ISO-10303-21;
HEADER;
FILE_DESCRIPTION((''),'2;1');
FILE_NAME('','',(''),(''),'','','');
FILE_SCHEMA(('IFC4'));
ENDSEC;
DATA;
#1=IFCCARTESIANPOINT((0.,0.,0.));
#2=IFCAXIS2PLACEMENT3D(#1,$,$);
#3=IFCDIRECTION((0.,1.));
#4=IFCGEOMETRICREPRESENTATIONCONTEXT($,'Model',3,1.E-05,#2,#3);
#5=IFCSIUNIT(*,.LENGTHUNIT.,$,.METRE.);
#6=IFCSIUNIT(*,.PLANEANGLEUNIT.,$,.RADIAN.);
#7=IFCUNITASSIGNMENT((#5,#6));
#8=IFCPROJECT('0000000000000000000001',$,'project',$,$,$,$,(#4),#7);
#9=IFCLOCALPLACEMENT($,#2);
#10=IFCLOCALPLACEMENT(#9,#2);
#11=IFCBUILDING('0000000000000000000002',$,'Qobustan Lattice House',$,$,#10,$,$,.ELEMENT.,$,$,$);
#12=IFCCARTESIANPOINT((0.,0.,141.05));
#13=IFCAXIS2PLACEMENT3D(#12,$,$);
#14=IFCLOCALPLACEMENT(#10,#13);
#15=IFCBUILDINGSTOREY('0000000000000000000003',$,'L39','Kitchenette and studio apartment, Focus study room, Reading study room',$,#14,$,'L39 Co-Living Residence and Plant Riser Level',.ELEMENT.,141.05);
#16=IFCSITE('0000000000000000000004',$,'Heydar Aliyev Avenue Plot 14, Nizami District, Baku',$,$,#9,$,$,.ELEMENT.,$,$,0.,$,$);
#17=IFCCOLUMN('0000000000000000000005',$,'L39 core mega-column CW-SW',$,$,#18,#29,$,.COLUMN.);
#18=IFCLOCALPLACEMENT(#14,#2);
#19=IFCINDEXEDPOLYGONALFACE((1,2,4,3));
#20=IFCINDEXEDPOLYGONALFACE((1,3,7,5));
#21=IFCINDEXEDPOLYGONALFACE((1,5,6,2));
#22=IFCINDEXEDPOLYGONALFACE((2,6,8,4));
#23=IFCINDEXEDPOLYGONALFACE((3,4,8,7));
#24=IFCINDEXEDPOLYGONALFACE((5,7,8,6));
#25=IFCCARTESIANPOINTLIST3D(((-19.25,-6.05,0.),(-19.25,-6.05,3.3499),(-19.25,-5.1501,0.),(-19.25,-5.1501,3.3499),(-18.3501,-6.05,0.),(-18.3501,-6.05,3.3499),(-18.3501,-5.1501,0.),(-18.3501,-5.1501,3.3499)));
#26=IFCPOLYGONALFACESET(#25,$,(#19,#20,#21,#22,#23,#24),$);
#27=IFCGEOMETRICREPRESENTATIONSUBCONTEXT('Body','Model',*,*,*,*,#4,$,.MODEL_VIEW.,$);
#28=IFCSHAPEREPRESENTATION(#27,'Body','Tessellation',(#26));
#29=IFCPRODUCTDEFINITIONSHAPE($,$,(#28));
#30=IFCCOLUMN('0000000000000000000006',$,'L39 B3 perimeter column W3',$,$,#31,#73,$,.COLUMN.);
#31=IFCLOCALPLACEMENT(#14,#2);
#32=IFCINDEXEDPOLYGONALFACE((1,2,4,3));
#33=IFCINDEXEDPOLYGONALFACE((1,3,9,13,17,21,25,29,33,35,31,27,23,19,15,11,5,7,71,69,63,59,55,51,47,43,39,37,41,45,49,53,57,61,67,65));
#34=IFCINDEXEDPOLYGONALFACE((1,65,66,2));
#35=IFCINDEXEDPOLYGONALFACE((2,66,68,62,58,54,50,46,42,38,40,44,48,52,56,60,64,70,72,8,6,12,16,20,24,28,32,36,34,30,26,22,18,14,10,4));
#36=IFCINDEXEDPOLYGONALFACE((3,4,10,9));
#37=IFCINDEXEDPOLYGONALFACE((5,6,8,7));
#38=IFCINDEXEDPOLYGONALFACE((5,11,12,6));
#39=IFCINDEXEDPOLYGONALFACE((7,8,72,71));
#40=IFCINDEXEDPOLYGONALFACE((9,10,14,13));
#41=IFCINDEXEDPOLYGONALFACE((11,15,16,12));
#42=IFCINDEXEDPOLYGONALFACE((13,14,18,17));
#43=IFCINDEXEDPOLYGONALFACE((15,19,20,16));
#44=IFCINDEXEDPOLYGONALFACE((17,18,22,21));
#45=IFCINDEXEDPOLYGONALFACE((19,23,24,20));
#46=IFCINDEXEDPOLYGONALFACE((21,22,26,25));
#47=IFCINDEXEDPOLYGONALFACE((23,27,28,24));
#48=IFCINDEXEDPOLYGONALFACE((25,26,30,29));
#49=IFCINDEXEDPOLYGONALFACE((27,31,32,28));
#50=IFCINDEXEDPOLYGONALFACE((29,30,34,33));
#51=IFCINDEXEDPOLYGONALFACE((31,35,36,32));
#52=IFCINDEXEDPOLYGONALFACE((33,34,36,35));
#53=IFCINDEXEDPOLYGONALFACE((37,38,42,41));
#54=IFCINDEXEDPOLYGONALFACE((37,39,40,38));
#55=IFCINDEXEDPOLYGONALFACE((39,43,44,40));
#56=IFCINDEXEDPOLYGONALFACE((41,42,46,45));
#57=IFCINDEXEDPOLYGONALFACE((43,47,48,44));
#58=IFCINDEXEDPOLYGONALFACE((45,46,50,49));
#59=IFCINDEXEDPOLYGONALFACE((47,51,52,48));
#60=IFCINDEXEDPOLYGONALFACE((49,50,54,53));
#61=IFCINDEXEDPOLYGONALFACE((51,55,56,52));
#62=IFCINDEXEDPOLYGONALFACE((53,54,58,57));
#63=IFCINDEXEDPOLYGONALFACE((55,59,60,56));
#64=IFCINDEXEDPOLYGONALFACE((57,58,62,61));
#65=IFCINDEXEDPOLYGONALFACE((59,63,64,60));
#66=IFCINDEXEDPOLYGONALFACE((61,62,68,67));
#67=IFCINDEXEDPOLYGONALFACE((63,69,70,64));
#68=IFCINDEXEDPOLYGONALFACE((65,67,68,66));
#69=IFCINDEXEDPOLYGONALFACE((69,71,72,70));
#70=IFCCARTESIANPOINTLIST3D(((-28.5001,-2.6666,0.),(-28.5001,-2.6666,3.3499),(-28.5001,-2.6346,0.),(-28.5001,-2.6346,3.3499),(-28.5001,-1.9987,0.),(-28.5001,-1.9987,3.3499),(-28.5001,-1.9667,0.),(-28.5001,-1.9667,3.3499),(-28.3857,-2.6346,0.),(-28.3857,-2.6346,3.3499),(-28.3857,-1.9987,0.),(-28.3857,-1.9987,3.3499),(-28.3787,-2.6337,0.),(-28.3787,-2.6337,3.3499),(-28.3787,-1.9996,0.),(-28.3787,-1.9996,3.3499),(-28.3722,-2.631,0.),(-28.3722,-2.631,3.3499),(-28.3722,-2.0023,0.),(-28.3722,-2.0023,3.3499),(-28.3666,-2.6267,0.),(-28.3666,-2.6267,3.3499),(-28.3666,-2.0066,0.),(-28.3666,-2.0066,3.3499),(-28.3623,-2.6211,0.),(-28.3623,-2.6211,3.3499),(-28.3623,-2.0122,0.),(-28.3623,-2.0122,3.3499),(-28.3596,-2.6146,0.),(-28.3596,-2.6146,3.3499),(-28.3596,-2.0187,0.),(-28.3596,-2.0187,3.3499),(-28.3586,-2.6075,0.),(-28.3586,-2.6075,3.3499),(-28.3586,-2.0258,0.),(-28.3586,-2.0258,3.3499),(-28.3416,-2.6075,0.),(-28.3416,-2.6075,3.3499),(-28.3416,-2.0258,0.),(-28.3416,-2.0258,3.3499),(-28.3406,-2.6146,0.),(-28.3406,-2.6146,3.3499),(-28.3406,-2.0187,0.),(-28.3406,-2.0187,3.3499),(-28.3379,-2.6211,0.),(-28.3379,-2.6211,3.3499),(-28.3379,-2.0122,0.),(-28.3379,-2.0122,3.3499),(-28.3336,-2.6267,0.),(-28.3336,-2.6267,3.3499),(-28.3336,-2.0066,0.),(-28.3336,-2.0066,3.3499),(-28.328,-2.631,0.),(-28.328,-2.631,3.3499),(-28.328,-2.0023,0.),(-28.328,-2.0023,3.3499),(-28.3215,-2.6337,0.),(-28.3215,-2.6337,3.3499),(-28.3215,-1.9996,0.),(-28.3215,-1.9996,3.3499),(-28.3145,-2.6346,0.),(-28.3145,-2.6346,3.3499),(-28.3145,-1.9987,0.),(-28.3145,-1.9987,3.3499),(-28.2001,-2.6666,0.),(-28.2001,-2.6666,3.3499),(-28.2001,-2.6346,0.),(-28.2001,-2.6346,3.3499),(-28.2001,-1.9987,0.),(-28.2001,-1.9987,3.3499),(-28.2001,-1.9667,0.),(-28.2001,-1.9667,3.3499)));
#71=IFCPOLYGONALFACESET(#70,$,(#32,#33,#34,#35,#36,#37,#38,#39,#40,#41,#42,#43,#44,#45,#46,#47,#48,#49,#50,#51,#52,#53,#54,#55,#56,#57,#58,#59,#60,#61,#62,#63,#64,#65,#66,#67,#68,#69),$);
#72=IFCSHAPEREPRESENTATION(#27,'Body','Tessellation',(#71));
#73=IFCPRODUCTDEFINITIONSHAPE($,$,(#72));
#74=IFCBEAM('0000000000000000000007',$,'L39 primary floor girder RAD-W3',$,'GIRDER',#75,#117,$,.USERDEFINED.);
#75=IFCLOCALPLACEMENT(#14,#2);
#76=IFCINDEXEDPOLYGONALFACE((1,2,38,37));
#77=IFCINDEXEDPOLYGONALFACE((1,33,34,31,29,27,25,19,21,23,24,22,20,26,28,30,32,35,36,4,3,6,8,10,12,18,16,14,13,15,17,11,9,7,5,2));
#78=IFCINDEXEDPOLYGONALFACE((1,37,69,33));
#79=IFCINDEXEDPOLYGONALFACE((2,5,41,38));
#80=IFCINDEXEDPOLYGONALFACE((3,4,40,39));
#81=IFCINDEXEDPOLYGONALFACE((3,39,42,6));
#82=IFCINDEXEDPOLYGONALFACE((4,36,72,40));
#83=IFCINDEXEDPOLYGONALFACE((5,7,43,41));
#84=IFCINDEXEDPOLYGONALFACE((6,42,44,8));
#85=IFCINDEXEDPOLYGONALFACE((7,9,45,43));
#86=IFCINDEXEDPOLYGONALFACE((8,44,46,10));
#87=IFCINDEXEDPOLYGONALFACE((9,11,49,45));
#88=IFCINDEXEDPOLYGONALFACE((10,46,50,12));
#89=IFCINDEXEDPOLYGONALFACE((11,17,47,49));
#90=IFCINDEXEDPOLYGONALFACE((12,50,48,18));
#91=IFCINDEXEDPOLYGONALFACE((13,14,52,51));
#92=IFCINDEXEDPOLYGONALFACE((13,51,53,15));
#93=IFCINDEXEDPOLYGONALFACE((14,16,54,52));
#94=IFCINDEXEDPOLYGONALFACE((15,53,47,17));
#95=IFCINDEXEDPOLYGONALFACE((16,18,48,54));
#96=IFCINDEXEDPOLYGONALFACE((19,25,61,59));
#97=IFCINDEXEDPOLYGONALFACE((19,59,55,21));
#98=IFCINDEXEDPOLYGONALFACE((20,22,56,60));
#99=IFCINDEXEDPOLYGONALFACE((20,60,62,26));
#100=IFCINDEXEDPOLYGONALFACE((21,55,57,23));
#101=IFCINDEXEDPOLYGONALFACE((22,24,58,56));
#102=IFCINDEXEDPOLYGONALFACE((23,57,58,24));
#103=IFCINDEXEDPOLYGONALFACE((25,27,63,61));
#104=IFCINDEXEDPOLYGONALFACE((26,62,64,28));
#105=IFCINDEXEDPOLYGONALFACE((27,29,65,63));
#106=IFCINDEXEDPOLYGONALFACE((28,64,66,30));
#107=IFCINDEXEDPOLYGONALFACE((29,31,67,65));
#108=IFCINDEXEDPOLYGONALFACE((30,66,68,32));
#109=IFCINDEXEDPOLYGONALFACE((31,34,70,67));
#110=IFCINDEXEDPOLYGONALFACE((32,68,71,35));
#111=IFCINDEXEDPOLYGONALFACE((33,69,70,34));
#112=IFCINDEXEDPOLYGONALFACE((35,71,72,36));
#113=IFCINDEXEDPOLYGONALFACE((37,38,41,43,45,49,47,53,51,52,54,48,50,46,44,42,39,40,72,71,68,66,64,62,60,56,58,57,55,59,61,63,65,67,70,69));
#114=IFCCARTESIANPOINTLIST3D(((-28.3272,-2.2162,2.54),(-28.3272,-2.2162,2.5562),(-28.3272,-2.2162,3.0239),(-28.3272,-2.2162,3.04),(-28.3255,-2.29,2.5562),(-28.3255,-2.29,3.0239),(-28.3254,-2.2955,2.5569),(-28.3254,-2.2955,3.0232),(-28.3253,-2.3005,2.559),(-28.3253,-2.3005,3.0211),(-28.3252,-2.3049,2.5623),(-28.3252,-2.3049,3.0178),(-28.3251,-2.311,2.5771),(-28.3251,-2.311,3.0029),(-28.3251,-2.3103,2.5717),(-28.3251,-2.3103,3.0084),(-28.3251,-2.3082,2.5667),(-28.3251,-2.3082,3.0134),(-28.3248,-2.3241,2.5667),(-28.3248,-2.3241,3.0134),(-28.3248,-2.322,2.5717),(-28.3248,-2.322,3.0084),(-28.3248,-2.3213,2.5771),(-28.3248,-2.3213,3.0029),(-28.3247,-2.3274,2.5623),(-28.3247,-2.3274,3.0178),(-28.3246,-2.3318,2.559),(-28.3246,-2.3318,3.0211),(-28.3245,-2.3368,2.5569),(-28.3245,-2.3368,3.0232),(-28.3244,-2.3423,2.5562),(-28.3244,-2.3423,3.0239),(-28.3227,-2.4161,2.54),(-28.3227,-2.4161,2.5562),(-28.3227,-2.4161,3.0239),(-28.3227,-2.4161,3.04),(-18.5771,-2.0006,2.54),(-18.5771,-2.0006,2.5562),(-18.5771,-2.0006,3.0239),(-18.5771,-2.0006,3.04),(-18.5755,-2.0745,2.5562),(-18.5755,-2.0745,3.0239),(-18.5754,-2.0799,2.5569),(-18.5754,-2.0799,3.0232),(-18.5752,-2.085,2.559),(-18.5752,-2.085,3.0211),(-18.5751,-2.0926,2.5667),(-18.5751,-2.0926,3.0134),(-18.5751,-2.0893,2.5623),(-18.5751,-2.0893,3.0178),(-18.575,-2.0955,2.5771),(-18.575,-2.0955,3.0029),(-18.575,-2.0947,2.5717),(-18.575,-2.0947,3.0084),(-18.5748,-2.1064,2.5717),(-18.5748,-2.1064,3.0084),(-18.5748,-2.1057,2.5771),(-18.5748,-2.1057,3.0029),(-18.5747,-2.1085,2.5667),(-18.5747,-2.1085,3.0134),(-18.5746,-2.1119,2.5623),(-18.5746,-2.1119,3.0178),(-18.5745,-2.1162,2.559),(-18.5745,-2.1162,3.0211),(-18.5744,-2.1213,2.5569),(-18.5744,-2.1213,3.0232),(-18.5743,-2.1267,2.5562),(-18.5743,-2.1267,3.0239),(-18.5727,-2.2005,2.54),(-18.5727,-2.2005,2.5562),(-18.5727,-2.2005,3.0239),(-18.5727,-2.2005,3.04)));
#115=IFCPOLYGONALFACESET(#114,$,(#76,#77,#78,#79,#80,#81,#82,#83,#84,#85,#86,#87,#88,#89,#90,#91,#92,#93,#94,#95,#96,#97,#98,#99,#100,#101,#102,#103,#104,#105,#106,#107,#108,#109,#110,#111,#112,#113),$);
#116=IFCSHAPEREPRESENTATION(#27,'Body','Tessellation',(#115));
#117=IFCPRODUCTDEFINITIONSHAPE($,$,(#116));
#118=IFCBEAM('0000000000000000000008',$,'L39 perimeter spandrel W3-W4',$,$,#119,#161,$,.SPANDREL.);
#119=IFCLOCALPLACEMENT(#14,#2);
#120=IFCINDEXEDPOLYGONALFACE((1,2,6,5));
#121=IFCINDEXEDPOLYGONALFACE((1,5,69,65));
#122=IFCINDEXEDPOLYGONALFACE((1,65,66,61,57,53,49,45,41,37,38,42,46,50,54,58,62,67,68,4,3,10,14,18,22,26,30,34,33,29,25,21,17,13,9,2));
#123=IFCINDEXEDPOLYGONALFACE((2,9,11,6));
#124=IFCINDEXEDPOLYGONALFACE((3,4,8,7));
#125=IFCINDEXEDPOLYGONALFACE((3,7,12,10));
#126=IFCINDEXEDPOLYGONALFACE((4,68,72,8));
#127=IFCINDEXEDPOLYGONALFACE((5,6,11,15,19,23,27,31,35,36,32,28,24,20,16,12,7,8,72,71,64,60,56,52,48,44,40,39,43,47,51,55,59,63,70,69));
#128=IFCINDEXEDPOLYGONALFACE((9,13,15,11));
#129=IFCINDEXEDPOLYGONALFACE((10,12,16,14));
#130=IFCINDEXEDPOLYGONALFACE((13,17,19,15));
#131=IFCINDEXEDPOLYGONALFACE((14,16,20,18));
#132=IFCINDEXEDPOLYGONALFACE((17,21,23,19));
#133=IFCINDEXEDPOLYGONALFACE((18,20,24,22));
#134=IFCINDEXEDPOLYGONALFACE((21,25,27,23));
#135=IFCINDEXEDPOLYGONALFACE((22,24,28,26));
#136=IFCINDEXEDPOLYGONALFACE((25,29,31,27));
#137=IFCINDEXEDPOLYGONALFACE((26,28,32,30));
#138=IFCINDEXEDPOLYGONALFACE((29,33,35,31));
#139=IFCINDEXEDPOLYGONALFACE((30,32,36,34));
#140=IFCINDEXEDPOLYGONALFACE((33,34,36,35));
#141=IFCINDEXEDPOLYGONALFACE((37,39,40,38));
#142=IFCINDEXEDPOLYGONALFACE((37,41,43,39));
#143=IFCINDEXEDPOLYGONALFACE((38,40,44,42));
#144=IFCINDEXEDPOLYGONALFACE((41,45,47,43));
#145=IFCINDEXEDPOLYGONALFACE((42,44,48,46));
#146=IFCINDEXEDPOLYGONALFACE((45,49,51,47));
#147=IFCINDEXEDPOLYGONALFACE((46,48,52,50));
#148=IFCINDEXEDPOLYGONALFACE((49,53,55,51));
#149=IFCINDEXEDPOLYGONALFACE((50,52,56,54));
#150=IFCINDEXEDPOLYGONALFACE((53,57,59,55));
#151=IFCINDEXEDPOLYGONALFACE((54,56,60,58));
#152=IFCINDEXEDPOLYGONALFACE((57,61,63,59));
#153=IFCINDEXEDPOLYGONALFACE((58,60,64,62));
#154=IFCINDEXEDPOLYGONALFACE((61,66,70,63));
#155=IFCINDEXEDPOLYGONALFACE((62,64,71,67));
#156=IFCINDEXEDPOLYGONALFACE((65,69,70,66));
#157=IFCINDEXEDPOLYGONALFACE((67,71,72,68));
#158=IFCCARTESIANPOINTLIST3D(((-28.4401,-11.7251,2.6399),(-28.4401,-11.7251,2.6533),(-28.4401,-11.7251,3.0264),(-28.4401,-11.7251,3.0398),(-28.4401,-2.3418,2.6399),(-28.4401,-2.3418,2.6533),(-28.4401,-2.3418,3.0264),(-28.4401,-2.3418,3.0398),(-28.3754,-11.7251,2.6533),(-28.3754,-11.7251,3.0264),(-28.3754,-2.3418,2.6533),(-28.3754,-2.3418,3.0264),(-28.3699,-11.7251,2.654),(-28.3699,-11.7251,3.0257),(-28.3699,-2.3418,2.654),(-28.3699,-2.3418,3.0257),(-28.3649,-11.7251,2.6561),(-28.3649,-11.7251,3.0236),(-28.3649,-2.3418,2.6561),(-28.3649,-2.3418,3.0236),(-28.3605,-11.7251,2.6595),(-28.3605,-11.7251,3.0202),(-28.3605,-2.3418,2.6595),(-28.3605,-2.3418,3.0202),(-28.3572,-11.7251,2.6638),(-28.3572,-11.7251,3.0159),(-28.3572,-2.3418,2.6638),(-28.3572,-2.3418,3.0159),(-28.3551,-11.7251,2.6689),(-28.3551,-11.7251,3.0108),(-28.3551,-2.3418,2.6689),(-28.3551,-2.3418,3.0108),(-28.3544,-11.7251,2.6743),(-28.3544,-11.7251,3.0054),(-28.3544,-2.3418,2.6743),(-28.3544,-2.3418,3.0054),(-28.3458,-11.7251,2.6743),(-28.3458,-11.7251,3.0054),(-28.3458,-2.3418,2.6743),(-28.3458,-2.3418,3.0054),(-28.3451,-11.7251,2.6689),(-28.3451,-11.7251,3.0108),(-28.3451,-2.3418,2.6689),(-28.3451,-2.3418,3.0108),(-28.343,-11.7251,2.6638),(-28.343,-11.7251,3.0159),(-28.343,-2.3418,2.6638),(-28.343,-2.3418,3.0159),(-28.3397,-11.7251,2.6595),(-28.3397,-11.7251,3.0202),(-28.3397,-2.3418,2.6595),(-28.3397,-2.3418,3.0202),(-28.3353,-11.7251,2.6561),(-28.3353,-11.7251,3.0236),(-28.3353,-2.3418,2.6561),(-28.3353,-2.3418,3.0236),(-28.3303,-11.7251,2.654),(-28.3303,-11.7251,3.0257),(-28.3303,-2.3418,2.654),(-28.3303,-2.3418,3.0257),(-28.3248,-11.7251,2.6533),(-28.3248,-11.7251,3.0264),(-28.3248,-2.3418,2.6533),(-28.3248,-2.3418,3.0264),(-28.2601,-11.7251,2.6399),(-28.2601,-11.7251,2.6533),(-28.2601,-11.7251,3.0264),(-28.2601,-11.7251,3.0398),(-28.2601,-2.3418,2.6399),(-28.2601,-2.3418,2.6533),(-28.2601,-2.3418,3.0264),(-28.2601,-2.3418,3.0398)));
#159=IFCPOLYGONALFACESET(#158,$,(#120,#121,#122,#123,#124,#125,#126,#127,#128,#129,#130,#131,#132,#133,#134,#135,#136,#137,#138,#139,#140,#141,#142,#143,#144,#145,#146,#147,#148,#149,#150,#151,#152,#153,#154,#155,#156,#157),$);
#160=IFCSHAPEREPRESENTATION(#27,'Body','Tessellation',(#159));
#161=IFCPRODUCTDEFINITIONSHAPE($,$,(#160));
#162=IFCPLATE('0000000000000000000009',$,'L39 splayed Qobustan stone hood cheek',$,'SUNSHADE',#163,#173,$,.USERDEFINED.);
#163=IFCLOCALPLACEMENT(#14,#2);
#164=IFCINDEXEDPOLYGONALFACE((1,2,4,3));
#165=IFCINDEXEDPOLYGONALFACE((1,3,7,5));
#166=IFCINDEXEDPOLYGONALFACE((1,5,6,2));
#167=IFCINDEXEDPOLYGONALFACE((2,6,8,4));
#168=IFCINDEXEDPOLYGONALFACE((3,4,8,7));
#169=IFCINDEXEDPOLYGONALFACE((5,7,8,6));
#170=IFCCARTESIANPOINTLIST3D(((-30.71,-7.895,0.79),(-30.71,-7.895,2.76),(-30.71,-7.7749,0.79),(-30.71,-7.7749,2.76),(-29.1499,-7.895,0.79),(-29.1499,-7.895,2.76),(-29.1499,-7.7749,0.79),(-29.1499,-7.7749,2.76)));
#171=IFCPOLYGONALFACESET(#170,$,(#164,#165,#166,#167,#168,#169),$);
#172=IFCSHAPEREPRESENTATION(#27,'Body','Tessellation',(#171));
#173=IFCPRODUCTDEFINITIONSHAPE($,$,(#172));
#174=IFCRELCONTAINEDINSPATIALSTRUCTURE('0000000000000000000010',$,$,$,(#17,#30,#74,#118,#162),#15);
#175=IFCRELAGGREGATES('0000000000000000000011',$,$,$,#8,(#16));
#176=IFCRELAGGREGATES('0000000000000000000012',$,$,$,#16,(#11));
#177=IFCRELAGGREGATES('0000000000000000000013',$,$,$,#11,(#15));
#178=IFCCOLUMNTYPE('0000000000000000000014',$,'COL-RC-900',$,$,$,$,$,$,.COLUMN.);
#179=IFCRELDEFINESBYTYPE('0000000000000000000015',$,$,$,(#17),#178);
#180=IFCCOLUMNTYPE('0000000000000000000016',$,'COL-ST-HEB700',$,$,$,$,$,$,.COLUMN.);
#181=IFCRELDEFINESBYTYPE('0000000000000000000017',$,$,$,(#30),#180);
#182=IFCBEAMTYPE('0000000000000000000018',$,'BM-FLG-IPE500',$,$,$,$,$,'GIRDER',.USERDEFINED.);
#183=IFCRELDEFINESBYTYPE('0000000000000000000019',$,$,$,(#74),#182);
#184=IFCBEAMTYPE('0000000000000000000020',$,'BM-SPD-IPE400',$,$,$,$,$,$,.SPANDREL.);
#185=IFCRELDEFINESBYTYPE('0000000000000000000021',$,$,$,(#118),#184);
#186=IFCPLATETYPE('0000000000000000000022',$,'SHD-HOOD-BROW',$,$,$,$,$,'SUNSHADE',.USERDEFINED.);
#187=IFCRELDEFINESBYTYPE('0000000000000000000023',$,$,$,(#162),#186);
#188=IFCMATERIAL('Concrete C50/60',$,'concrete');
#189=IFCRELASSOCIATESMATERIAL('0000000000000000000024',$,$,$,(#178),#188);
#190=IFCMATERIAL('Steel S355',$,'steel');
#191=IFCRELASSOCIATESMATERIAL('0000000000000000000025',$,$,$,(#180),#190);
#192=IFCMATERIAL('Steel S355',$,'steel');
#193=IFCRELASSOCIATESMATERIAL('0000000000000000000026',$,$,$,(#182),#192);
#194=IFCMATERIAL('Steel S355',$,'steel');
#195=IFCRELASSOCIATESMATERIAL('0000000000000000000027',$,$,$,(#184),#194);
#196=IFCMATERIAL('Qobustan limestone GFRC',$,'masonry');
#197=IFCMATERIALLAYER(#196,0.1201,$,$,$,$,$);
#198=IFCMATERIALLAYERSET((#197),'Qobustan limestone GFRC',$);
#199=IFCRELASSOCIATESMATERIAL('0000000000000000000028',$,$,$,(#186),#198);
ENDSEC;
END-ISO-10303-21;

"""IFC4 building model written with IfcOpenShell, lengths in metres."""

from ifc_helpers import new_model, si_unit, direction, frame, origin, origin_2d, place, context, subcontext, project, spatial, rectangle, i_section, extrude, material, layer, layer_set, material_profile, profile_set, type_object, element, save


model = new_model("IFC4")

# Units and contexts
model_context = context("Model", 3, precision=1e-05, world=origin(), true_north=direction((0.0, 1.0)))
body_context = subcontext(model_context, "Body", "Model", "MODEL_VIEW")
ifc_project = project(units=[si_unit("LENGTHUNIT", "METRE"), si_unit("PLANEANGLEUNIT", "RADIAN")], contexts=[model_context])

# Site, building, storey
site_placement = place(None, origin())
site = spatial("IfcSite", under=ifc_project, at=site_placement, Name="Heydar Aliyev Avenue Plot 14, Nizami District, Baku", CompositionType="ELEMENT", RefElevation=0.0)
building_placement = place(site_placement, origin())
building = spatial("IfcBuilding", under=site, at=building_placement, Name="Qobustan Lattice House", CompositionType="ELEMENT")
storey_placement = place(building_placement, frame((0.0, 0.0, 141.05)))
storey = spatial("IfcBuildingStorey", under=building, at=storey_placement, Name="L39", Description="Kitchenette and studio apartment, Focus study room, Reading study room", LongName="L39 Co-Living Residence and Plant Riser Level", CompositionType="ELEMENT", Elevation=141.05)

# Columns
ifc_material_1 = material(Name="Concrete C50/60", Category="concrete")
ifc_material_profile_1 = material_profile(ifc_material_1, rectangle(XDim=0.8999, YDim=0.8999, at=origin_2d()), Name="RC900x900")
ifc_profile_set_1 = profile_set([ifc_material_profile_1], Name="Concrete C50/60")
column_type_1 = type_object("IfcColumnType", Name="COL-RC-900", PredefinedType="COLUMN", material=ifc_profile_set_1)
column_1_placement = place(storey_placement, frame((-18.8, -5.6001, 0.0), z_axis=(0.0, 0.0, 1.0), x_axis=(1.0, 0.0, 0.0)))
element("IfcColumn", 1, at=column_1_placement, inside=storey, type_object=column_type_1, Name="L39 core mega-column CW-SW", PredefinedType="COLUMN", context=body_context, shape_type="SweptSolid", body=[
    extrude(rectangle(XDim=0.8999, YDim=0.8999, at=origin_2d()), origin(), (0.0, 0.0, 1.0), 3.3499),
])
ifc_material_2 = material(Name="Steel S355", Category="steel")
ifc_material_profile_2 = material_profile(ifc_material_2, i_section(OverallWidth=0.3, OverallDepth=0.7, WebThickness=0.0171, FlangeThickness=0.032, FilletRadius=0.0271, at=origin_2d()), Name="HEB700")
ifc_profile_set_2 = profile_set([ifc_material_profile_2], Name="Steel S355")
column_type_2 = type_object("IfcColumnType", Name="COL-ST-HEB700", PredefinedType="COLUMN", material=ifc_profile_set_2)
column_2_placement = place(storey_placement, frame((-28.3501, -2.3167, 0.0), z_axis=(0.0, 0.0, 1.0), x_axis=(1.0, 0.0, 0.0)))
element("IfcColumn", 2, at=column_2_placement, inside=storey, type_object=column_type_2, Name="L39 B3 perimeter column W3", PredefinedType="COLUMN", context=body_context, shape_type="SweptSolid", body=[
    extrude(i_section(OverallWidth=0.3, OverallDepth=0.7, WebThickness=0.0171, FlangeThickness=0.032, FilletRadius=0.0271, at=origin_2d()), origin(), (0.0, 0.0, 1.0), 3.3499),
])

# Beams
ifc_material_3 = material(Name="Steel S355", Category="steel")
ifc_material_profile_3 = material_profile(ifc_material_3, i_section(OverallWidth=0.2, OverallDepth=0.5, WebThickness=0.0103, FlangeThickness=0.0161, FilletRadius=0.021, at=origin_2d()), Name="IPE500")
ifc_profile_set_3 = profile_set([ifc_material_profile_3], Name="Steel S355")
beam_type_1 = type_object("IfcBeamType", Name="BM-FLG-IPE500", ElementType="GIRDER", PredefinedType="USERDEFINED", material=ifc_profile_set_3)
beam_1_placement = place(storey_placement, frame((-28.325, -2.3162, 2.79), z_axis=(0.999756, 0.022105, 0.0), x_axis=(-0.022105, 0.999756, 0.0)))
element("IfcBeam", 3, at=beam_1_placement, inside=storey, type_object=beam_type_1, Name="L39 primary floor girder RAD-W3", ObjectType="GIRDER", PredefinedType="USERDEFINED", context=body_context, shape_type="SweptSolid", body=[
    extrude(i_section(OverallWidth=0.2, OverallDepth=0.5, WebThickness=0.0103, FlangeThickness=0.0161, FilletRadius=0.021, at=origin_2d()), origin(), (0.0, 0.0, 1.0), 9.7524),
])
ifc_material_4 = material(Name="Steel S355", Category="steel")
ifc_material_profile_4 = material_profile(ifc_material_4, i_section(OverallWidth=0.1799, OverallDepth=0.3999, WebThickness=0.0085, FlangeThickness=0.0134, FilletRadius=0.021, at=origin_2d()), Name="IPE400")
ifc_profile_set_4 = profile_set([ifc_material_profile_4], Name="Steel S355")
beam_type_2 = type_object("IfcBeamType", Name="BM-SPD-IPE400", PredefinedType="SPANDREL", material=ifc_profile_set_4)
beam_2_placement = place(storey_placement, frame((-28.3501, -2.3418, 2.8398), z_axis=(0.0, -1.0, 0.0), x_axis=(1.0, 0.0, 0.0)))
element("IfcBeam", 4, at=beam_2_placement, inside=storey, type_object=beam_type_2, Name="L39 perimeter spandrel W3-W4", PredefinedType="SPANDREL", context=body_context, shape_type="SweptSolid", body=[
    extrude(i_section(OverallWidth=0.1799, OverallDepth=0.3999, WebThickness=0.0085, FlangeThickness=0.0134, FilletRadius=0.021, at=origin_2d()), origin(), (0.0, 0.0, 1.0), 9.3833),
])

# Plate
ifc_material_5 = material(Name="Qobustan limestone GFRC", Category="masonry")
ifc_layer_1 = layer(ifc_material_5, 0.1201)
ifc_layer_set_1 = layer_set([ifc_layer_1], Name="Qobustan limestone GFRC")
plate_type = type_object("IfcPlateType", Name="SHD-HOOD-BROW", ElementType="SUNSHADE", PredefinedType="USERDEFINED", material=ifc_layer_set_1)
plate_placement = place(storey_placement, frame((-29.9299, -7.835, 0.79), z_axis=(0.0, 0.0, 1.0), x_axis=(0.0, 1.0, 0.0)))
element("IfcPlate", 5, at=plate_placement, inside=storey, type_object=plate_type, Name="L39 splayed Qobustan stone hood cheek", ObjectType="SUNSHADE", PredefinedType="USERDEFINED", context=body_context, shape_type="SweptSolid", body=[
    extrude(rectangle(XDim=0.1201, YDim=1.5601, at=origin_2d()), origin(), (0.0, 0.0, 1.0), 1.97),
])

save(model, "model.ifc")
